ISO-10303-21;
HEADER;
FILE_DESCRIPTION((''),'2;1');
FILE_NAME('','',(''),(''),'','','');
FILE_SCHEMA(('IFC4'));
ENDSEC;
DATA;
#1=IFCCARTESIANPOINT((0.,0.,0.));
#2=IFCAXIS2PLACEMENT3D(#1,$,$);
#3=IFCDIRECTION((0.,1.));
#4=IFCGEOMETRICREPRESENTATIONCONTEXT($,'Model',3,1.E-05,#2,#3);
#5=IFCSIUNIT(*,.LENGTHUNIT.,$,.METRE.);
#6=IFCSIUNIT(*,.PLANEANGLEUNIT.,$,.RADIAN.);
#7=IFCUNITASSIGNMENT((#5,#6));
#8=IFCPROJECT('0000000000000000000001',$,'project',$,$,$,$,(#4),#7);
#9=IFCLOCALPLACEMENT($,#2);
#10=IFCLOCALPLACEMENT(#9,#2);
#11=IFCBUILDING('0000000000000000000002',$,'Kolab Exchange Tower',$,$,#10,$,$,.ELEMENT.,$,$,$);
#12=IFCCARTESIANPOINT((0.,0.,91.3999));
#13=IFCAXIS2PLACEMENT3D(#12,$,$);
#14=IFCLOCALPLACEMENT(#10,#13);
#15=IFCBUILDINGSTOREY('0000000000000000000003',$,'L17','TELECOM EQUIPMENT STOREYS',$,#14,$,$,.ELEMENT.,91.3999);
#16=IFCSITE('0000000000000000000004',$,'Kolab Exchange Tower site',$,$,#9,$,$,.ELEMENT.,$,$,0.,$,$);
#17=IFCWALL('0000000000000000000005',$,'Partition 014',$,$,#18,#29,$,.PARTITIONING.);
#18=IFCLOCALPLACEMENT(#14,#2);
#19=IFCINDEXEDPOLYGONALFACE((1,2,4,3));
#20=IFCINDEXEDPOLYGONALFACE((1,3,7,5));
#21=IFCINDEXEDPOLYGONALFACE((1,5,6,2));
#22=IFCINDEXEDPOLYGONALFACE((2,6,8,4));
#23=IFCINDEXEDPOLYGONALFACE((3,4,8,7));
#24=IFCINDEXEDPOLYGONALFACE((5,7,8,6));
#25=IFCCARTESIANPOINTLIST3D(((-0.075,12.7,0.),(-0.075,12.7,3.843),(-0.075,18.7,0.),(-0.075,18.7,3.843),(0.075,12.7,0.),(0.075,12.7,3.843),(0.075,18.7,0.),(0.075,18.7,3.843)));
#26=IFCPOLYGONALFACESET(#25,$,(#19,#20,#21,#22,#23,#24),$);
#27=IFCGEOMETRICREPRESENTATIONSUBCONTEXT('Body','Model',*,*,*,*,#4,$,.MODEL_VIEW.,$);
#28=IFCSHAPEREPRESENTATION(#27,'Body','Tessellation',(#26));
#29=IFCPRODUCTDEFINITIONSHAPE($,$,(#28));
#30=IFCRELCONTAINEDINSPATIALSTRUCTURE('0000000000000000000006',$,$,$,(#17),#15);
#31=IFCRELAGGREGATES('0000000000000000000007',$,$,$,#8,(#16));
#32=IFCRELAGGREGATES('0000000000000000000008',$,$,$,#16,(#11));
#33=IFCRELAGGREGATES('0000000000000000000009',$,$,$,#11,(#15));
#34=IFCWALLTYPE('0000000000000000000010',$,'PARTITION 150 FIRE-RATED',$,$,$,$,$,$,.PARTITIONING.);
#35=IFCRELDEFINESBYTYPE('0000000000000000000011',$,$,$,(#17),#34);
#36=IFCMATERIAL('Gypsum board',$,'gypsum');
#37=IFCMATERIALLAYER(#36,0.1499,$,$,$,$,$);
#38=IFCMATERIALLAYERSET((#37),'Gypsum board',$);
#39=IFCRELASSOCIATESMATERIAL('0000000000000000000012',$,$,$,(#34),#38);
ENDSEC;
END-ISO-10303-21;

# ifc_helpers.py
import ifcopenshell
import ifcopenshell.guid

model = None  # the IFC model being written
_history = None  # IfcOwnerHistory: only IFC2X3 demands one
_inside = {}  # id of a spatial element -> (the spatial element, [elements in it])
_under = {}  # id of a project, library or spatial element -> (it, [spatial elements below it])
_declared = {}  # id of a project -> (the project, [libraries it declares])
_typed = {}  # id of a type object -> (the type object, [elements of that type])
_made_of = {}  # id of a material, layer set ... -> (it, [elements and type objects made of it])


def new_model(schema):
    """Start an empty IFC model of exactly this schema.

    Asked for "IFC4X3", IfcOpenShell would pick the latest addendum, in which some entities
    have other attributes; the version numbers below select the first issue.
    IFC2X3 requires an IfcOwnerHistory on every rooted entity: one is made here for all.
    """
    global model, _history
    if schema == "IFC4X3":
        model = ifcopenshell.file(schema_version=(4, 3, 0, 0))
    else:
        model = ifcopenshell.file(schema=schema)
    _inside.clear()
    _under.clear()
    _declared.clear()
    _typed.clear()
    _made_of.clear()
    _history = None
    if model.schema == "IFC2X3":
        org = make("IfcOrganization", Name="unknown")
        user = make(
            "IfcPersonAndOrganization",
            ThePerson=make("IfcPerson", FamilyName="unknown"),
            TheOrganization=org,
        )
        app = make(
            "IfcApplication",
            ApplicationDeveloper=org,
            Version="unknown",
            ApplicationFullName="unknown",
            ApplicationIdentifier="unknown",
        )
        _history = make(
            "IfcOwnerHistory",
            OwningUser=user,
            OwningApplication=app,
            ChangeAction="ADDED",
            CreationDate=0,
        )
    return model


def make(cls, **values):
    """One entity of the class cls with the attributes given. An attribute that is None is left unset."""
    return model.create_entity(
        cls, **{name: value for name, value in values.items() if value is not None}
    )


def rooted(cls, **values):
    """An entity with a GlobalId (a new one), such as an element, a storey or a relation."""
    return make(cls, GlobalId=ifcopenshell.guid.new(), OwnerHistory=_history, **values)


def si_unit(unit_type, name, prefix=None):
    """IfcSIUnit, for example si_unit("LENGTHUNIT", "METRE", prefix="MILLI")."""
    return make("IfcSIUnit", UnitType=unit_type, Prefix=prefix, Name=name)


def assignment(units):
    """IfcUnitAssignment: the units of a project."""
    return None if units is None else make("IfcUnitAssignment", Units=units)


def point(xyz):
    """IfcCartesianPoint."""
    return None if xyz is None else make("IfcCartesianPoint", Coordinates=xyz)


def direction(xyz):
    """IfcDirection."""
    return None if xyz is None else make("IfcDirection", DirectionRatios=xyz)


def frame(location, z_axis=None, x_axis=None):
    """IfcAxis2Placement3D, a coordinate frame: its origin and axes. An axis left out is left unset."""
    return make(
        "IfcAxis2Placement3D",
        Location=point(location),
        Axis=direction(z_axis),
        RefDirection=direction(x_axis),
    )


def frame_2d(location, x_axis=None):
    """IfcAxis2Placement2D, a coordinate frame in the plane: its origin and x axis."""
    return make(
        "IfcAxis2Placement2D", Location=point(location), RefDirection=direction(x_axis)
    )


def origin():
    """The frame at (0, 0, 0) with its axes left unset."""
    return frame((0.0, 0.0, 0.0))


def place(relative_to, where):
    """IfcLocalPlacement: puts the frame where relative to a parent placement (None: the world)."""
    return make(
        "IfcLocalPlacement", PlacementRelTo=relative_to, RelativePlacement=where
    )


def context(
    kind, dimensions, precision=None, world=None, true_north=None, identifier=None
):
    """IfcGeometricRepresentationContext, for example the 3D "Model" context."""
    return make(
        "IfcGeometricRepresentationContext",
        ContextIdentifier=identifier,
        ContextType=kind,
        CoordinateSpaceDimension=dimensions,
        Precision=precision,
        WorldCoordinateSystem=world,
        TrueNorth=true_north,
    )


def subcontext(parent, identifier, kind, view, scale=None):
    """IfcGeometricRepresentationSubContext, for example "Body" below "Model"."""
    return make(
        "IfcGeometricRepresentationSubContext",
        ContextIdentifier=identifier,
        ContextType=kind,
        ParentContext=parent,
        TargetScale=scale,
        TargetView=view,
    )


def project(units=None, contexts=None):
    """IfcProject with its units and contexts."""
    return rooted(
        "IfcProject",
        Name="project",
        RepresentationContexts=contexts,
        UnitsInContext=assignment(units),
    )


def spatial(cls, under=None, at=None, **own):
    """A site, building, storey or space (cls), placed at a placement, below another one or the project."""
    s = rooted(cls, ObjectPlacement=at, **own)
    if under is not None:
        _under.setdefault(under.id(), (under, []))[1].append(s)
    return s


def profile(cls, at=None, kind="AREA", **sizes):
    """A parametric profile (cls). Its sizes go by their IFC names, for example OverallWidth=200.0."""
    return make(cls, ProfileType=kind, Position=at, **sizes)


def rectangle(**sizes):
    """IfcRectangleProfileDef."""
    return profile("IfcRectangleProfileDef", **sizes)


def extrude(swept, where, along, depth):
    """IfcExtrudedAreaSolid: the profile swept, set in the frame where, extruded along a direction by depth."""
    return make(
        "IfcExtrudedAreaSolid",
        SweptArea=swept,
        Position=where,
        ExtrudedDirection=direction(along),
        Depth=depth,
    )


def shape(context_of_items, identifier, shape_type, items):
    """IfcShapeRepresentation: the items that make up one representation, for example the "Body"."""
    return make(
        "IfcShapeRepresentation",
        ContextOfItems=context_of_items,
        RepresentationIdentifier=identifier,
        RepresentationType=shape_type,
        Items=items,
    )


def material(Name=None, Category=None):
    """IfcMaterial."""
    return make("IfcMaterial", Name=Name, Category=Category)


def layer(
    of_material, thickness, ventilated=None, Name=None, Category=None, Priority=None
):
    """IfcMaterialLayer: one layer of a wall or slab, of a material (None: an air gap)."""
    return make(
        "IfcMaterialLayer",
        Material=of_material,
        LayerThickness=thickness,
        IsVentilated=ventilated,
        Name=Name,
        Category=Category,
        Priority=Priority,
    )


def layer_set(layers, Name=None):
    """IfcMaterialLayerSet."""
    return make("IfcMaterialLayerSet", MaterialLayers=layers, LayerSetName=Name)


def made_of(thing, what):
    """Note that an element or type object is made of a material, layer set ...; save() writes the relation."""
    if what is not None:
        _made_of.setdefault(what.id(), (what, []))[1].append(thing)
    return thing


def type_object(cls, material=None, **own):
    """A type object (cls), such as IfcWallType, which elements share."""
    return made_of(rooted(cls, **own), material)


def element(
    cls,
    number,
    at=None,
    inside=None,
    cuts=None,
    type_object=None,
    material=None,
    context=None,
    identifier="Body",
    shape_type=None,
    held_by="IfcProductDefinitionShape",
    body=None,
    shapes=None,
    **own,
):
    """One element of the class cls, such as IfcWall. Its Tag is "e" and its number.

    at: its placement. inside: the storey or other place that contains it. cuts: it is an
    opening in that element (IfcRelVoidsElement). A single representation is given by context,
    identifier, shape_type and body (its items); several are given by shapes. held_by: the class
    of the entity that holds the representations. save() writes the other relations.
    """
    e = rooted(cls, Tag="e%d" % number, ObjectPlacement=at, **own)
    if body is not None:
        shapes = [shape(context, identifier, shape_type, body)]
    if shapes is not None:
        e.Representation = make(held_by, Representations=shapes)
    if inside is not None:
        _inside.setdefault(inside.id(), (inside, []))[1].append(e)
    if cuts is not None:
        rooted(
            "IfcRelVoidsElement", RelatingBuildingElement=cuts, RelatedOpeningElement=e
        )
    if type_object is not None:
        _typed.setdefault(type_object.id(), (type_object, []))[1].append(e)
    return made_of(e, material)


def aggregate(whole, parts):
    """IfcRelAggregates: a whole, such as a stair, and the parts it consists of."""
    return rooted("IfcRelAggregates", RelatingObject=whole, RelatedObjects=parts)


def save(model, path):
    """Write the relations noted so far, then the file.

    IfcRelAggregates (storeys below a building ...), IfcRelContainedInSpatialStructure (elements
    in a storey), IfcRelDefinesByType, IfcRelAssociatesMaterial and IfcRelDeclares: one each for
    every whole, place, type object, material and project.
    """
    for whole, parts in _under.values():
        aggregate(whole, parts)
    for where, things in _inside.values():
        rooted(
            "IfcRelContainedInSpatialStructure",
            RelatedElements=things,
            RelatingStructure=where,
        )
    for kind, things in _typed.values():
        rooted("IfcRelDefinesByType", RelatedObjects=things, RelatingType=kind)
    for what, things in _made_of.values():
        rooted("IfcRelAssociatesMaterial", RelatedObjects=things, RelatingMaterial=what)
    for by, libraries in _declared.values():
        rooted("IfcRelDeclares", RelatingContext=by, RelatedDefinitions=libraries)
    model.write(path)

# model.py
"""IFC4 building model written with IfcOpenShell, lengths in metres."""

from ifc_helpers import new_model, si_unit, direction, frame, frame_2d, origin, place, context, subcontext, project, spatial, rectangle, extrude, material, layer, layer_set, type_object, element, save


model = new_model("IFC4")

# Units and contexts
model_context = context("Model", 3, precision=1e-05, world=origin(), true_north=direction((0.0, 1.0)))
body_context = subcontext(model_context, "Body", "Model", "MODEL_VIEW")
ifc_project = project(units=[si_unit("LENGTHUNIT", "METRE"), si_unit("PLANEANGLEUNIT", "RADIAN")], contexts=[model_context])

# Site, building, storey
site_placement = place(None, origin())
site = spatial("IfcSite", under=ifc_project, at=site_placement, Name="Kolab Exchange Tower site", CompositionType="ELEMENT", RefElevation=0.0)
building_placement = place(site_placement, origin())
building = spatial("IfcBuilding", under=site, at=building_placement, Name="Kolab Exchange Tower", CompositionType="ELEMENT")
storey_placement = place(building_placement, frame((0.0, 0.0, 91.3999)))
storey = spatial("IfcBuildingStorey", under=building, at=storey_placement, Name="L17", Description="TELECOM EQUIPMENT STOREYS", CompositionType="ELEMENT", Elevation=91.3999)

# Wall
ifc_material_1 = material(Name="Gypsum board", Category="gypsum")
ifc_layer_1 = layer(ifc_material_1, 0.1499)
ifc_layer_set_1 = layer_set([ifc_layer_1], Name="Gypsum board")
wall_type_1 = type_object("IfcWallType", Name="PARTITION 150 FIRE-RATED", PredefinedType="PARTITIONING", material=ifc_layer_set_1)
wall_1_placement = place(storey_placement, frame((0.0, 12.7, 0.0), z_axis=(0.0, 0.0, 1.0), x_axis=(0.0, 1.0, 0.0)))
element("IfcWall", 1, at=wall_1_placement, inside=storey, type_object=wall_type_1, Name="Partition 014", PredefinedType="PARTITIONING", context=body_context, shape_type="SweptSolid", body=[
    extrude(rectangle(XDim=6.0, YDim=0.1499, at=frame_2d((3.0, 0.0))), origin(), (0.0, 0.0, 1.0), 3.843),
])

save(model, "model.ifc")
